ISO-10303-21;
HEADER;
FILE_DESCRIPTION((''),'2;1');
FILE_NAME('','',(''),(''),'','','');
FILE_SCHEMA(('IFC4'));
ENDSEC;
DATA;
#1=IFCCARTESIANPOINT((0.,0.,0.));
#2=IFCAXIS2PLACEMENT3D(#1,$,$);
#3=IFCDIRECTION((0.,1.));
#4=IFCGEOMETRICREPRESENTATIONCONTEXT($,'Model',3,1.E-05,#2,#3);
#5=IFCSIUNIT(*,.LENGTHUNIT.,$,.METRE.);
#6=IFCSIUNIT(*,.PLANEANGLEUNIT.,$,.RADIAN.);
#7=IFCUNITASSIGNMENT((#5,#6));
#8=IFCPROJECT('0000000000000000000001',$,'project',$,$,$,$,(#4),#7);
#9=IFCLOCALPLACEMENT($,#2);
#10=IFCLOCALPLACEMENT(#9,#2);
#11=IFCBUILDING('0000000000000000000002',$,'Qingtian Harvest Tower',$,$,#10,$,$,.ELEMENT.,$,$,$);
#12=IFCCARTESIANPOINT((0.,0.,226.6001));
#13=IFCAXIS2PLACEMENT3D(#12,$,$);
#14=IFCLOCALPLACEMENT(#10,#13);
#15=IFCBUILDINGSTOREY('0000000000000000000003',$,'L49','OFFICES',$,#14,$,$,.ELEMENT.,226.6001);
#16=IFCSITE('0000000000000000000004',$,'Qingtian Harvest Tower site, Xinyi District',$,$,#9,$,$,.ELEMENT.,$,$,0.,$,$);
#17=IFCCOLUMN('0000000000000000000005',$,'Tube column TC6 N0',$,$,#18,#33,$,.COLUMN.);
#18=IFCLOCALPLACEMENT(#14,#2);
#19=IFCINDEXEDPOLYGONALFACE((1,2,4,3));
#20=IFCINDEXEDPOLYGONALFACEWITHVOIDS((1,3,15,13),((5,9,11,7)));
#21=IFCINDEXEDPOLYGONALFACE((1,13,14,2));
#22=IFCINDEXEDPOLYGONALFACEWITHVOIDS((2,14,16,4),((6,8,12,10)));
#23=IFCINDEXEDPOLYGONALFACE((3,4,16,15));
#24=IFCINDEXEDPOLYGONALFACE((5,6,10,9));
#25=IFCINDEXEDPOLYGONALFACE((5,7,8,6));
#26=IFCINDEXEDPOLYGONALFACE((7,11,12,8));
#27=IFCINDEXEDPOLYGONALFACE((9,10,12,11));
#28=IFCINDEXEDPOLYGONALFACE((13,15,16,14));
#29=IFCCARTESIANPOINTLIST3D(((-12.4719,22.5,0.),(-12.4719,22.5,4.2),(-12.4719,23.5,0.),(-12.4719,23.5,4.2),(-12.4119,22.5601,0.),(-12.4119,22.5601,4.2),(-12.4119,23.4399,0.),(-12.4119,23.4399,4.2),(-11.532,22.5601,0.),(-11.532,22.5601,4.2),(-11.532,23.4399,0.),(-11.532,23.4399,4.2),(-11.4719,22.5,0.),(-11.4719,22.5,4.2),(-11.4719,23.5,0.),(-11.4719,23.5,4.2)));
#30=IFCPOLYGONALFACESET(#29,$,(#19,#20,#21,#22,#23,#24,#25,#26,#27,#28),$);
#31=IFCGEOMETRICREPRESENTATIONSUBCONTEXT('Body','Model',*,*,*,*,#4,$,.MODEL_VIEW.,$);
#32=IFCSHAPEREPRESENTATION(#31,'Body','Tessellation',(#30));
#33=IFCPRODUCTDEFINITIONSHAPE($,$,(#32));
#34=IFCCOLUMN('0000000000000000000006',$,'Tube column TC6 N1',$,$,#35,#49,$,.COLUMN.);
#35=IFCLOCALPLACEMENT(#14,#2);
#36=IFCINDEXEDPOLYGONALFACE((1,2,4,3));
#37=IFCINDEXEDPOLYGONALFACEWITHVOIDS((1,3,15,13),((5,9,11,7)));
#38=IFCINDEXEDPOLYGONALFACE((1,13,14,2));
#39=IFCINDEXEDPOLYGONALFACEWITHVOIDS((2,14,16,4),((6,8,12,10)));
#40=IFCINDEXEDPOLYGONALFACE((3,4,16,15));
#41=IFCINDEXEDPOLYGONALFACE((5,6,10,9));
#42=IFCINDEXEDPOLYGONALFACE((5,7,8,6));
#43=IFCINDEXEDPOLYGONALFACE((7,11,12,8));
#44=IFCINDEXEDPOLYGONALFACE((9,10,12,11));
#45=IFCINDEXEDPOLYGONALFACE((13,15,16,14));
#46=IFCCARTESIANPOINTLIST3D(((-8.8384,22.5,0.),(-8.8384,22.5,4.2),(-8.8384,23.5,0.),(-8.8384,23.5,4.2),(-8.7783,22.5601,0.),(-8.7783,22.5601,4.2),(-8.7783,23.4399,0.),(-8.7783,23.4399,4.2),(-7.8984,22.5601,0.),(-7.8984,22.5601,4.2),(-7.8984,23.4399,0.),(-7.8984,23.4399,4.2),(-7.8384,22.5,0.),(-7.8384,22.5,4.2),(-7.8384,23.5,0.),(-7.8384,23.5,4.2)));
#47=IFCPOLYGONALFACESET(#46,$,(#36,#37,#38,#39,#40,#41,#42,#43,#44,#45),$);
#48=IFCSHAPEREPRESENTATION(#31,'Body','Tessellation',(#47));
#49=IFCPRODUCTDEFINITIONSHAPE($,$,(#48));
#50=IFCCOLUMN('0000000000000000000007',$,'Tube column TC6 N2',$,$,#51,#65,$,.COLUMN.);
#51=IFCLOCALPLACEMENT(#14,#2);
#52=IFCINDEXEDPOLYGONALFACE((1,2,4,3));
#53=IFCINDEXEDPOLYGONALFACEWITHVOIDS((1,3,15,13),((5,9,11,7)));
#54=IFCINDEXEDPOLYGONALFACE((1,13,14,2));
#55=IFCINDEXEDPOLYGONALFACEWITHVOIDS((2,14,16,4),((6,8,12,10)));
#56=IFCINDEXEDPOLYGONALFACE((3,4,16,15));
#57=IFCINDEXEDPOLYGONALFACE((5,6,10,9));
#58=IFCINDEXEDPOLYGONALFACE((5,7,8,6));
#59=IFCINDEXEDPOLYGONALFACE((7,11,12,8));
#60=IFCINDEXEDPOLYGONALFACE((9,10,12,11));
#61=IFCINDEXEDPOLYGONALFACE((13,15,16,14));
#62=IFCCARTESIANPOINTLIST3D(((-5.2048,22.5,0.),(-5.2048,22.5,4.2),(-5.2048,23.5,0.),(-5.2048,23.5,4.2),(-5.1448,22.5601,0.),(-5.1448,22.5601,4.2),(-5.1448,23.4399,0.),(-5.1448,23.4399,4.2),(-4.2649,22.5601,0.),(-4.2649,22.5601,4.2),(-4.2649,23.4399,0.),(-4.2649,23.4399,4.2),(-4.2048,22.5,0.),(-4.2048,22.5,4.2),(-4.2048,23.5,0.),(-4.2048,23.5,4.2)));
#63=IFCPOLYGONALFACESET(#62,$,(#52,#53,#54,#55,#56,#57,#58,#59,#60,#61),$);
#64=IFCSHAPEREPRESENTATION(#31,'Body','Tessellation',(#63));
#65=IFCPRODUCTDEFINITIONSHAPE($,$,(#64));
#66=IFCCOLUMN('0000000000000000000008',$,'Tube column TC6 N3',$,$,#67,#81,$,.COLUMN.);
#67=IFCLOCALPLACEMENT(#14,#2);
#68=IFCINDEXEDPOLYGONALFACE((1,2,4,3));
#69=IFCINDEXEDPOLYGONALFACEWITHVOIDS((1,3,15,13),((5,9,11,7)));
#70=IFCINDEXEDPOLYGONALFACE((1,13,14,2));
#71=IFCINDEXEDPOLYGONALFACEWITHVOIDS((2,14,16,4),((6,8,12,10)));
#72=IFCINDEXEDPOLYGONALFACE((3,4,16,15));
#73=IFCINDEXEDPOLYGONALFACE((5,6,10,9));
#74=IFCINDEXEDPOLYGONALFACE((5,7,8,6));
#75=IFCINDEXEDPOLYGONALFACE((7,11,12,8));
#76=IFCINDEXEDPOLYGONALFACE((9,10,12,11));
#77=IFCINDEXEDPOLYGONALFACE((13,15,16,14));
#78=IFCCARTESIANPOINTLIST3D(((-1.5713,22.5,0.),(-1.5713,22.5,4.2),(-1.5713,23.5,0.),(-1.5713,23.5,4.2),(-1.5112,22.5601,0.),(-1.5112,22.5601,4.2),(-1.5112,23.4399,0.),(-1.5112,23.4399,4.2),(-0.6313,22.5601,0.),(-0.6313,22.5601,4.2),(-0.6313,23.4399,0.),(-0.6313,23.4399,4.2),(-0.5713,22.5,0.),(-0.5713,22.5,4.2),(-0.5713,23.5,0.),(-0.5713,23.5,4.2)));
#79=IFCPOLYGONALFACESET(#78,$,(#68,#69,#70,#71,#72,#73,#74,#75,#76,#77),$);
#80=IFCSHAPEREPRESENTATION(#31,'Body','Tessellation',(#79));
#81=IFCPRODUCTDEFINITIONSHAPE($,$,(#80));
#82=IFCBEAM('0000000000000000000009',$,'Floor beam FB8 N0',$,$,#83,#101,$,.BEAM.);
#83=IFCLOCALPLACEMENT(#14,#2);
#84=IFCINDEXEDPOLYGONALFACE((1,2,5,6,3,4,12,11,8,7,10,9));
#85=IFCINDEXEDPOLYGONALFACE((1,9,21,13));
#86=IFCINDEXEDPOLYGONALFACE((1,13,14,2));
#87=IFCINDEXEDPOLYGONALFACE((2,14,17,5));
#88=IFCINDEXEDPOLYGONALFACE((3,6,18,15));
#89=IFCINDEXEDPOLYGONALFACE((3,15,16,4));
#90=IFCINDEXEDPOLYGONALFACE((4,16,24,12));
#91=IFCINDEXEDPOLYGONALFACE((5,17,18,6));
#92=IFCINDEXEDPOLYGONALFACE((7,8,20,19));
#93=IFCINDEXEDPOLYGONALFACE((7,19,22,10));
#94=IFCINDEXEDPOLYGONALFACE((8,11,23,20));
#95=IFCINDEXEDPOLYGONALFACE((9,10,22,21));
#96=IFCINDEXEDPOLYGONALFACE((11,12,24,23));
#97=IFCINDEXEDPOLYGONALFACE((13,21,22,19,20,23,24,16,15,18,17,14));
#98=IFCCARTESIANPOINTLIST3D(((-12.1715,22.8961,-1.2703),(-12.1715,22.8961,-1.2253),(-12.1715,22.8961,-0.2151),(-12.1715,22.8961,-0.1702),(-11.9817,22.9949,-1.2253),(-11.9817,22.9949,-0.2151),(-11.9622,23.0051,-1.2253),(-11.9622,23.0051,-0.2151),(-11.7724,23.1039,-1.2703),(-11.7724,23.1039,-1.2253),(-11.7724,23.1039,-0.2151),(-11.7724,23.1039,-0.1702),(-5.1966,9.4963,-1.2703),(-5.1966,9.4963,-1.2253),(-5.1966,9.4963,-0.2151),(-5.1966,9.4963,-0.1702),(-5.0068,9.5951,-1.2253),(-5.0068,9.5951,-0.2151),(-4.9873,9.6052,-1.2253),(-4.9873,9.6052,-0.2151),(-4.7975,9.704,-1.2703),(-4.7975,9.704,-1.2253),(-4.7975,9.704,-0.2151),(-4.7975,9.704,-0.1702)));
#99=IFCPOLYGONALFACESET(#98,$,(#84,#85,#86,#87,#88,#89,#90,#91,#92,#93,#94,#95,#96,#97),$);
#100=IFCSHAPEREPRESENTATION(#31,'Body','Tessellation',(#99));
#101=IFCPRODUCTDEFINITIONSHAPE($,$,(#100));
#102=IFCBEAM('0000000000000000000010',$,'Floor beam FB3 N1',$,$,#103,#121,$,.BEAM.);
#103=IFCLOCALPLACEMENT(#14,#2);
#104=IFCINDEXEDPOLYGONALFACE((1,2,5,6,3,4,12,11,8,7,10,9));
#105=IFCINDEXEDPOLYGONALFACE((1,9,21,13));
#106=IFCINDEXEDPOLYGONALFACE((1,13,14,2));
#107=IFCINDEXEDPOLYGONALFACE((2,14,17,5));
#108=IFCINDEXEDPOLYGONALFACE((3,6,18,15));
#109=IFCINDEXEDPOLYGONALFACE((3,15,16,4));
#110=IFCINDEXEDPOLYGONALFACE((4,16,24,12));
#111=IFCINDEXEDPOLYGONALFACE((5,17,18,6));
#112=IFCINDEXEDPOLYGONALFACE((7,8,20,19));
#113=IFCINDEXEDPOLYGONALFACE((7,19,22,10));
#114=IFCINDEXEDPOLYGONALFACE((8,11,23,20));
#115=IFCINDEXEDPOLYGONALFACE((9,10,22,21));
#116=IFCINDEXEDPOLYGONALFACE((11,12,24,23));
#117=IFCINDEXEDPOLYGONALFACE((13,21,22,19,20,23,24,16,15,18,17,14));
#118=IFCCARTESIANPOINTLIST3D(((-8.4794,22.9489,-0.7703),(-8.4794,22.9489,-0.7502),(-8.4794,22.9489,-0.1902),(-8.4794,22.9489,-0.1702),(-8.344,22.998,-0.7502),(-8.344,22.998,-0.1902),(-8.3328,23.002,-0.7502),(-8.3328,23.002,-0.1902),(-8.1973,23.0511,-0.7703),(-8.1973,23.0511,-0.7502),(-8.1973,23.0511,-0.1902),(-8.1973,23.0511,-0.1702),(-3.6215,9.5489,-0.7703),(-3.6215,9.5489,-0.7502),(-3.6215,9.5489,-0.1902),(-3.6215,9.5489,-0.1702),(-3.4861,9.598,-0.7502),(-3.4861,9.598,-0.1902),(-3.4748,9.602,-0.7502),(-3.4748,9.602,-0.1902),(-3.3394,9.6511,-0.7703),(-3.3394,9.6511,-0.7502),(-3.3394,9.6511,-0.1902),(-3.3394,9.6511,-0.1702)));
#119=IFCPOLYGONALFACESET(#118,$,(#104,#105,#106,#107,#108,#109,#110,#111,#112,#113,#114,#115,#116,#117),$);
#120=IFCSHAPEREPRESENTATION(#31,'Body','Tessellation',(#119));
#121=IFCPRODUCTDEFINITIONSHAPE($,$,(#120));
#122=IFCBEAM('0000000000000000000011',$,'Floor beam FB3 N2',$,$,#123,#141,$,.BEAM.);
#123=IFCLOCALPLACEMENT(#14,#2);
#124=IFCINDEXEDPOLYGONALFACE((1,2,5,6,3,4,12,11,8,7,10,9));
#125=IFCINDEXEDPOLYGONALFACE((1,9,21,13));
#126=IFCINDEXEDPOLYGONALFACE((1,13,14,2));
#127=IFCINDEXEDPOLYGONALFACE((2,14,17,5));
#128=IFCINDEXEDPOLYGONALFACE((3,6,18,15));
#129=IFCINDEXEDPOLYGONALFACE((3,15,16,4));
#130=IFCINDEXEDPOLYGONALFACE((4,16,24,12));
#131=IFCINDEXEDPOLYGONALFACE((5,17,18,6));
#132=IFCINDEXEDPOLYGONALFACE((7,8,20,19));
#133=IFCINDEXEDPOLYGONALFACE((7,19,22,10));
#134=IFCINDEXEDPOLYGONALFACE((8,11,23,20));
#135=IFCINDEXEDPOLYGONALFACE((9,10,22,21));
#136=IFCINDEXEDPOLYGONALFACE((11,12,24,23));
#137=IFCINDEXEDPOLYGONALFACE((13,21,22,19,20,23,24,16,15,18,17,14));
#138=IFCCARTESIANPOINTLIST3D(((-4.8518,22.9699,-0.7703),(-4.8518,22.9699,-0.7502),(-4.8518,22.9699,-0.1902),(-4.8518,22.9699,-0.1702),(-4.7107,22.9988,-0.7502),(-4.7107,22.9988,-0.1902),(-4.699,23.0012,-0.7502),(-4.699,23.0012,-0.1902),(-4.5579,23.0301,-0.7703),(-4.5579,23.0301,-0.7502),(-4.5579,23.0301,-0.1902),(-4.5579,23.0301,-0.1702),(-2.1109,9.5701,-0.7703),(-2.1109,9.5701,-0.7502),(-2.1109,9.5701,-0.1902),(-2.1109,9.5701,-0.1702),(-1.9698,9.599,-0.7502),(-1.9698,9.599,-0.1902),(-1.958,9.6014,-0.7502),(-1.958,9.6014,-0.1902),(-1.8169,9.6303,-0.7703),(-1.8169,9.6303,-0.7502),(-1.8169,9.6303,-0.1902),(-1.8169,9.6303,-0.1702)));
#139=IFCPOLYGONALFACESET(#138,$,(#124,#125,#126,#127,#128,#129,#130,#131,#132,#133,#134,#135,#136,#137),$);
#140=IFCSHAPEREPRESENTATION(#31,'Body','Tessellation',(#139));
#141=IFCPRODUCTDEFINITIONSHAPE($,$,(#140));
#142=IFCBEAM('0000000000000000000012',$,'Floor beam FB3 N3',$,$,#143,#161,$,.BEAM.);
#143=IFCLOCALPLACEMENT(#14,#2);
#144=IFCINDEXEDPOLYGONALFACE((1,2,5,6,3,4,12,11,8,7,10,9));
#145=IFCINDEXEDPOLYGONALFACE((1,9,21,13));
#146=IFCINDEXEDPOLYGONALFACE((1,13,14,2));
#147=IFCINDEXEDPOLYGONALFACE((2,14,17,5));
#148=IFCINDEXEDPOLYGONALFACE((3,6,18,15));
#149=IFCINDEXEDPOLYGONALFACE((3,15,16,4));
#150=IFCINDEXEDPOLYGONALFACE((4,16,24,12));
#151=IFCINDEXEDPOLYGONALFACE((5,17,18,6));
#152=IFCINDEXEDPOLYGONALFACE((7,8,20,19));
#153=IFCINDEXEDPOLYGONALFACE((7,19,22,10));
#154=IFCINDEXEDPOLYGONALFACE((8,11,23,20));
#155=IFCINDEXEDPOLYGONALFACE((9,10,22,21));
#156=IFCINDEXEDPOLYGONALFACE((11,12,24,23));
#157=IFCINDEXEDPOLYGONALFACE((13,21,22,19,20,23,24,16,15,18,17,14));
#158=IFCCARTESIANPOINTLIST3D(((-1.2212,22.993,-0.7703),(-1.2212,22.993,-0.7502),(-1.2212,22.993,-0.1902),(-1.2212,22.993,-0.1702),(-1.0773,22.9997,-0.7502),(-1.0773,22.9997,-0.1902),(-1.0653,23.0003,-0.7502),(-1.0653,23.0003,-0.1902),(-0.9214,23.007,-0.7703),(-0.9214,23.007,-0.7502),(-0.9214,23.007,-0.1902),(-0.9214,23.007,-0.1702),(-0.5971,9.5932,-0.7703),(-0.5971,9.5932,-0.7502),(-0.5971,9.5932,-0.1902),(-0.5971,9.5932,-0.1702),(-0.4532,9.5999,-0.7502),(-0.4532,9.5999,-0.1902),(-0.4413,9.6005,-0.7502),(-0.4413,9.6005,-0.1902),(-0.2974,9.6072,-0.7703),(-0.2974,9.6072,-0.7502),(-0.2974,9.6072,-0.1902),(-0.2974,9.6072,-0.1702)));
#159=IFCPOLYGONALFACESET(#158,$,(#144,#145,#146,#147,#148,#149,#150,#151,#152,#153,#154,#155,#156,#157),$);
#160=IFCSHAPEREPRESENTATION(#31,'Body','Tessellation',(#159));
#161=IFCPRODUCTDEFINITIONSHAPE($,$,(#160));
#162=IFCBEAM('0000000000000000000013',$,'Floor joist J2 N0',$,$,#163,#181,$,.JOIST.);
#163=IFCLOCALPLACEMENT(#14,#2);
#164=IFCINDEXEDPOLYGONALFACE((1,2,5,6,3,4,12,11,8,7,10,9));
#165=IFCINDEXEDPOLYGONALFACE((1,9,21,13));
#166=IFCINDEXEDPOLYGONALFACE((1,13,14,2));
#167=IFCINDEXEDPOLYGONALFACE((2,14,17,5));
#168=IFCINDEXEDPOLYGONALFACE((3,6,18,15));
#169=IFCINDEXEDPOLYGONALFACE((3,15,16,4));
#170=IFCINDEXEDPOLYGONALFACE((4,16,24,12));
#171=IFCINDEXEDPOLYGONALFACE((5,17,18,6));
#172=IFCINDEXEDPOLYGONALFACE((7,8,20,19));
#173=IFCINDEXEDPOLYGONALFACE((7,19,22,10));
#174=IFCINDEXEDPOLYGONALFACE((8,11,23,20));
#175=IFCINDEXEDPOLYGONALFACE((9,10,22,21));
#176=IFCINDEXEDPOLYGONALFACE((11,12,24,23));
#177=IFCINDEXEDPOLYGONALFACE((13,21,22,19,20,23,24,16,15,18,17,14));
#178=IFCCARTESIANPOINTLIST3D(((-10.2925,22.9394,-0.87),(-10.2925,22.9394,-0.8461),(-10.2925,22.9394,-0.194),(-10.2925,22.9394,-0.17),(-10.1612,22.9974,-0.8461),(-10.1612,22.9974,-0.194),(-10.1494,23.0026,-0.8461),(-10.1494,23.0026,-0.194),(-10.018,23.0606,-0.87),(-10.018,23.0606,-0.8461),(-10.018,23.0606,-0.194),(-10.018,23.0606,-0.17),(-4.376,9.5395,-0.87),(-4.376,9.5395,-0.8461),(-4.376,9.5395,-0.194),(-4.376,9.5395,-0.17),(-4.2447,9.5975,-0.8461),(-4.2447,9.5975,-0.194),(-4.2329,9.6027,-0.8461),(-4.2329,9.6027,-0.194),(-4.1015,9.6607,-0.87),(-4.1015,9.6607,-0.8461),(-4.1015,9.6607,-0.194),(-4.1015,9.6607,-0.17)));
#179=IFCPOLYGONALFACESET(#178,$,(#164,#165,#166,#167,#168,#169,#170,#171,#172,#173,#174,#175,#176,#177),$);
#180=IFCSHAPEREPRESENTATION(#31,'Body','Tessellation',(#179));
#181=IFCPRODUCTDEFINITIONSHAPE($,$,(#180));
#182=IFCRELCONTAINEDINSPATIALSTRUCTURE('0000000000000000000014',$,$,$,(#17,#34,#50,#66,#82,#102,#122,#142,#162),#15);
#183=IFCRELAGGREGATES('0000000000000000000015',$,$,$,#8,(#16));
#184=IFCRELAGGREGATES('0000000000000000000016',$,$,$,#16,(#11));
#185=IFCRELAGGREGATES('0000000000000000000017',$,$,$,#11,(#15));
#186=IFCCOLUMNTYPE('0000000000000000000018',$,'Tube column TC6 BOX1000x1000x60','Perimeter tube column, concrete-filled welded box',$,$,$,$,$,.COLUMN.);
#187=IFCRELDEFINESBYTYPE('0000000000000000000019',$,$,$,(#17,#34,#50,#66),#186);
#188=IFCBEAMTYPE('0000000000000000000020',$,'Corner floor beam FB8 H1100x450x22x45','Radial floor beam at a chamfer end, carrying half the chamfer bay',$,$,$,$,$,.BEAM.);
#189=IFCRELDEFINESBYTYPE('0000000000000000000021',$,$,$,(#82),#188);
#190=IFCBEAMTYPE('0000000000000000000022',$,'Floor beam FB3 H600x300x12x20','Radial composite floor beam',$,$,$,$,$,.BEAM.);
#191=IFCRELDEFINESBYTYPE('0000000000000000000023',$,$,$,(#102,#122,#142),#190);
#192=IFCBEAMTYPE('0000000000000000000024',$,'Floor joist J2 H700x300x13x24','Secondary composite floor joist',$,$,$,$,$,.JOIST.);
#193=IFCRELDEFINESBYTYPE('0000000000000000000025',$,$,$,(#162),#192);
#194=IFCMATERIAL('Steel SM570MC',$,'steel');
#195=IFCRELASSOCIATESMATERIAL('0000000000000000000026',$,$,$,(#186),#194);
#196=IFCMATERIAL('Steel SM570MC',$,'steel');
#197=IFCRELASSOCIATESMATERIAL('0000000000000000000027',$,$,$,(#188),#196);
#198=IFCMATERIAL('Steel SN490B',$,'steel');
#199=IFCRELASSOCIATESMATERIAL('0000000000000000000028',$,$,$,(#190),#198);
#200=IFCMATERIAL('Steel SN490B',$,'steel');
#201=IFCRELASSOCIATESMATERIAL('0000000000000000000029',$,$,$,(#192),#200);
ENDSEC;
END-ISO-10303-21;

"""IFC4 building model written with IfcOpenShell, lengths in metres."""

from ifc_helpers import new_model, si_unit, direction, frame, origin, origin_2d, place, context, subcontext, project, spatial, hollow_rectangle, i_section, extrude, material, material_profile, profile_set, type_object, element, save


model = new_model("IFC4")

# Units and contexts
model_context = context("Model", 3, precision=1e-05, world=origin(), true_north=direction((0.0, 1.0)))
body_context = subcontext(model_context, "Body", "Model", "MODEL_VIEW")
ifc_project = project(units=[si_unit("LENGTHUNIT", "METRE"), si_unit("PLANEANGLEUNIT", "RADIAN")], contexts=[model_context])

# Site, building, storey
site_placement = place(None, origin())
site = spatial("IfcSite", under=ifc_project, at=site_placement, Name="Qingtian Harvest Tower site, Xinyi District", CompositionType="ELEMENT", RefElevation=0.0)
building_placement = place(site_placement, origin())
building = spatial("IfcBuilding", under=site, at=building_placement, Name="Qingtian Harvest Tower", CompositionType="ELEMENT")
storey_placement = place(building_placement, frame((0.0, 0.0, 226.6001)))
storey = spatial("IfcBuildingStorey", under=building, at=storey_placement, Name="L49", Description="OFFICES", CompositionType="ELEMENT", Elevation=226.6001)

# Columns
ifc_material_1 = material(Name="Steel SM570MC", Category="steel")
ifc_material_profile_1 = material_profile(ifc_material_1, hollow_rectangle(XDim=1.0, YDim=1.0, WallThickness=0.0601, at=origin_2d()), Name="BOX1000x1000x60")
ifc_profile_set_1 = profile_set([ifc_material_profile_1], Name="Steel SM570MC")
column_type = type_object("IfcColumnType", Name="Tube column TC6 BOX1000x1000x60", Description="Perimeter tube column, concrete-filled welded box", PredefinedType="COLUMN", material=ifc_profile_set_1)
for number, where, z_axis, x_axis, name in (
    (1, (-11.9719, 23.0, 0.0), (0.0, 0.0, 1.0), (-1.0, 0.0, 0.0), "Tube column TC6 N0"),
    (2, (-8.3384, 23.0, 0.0), (0.0, 0.0, 1.0), (-1.0, 0.0, 0.0), "Tube column TC6 N1"),
    (3, (-4.7048, 23.0, 0.0), (0.0, 0.0, 1.0), (-1.0, 0.0, 0.0), "Tube column TC6 N2"),
    (4, (-1.0713, 23.0, 0.0), (0.0, 0.0, 1.0), (-1.0, 0.0, 0.0), "Tube column TC6 N3"),
):
    element("IfcColumn", number, at=place(storey_placement, frame(where, z_axis=z_axis, x_axis=x_axis)), inside=storey, type_object=column_type, Name=name, PredefinedType="COLUMN", context=body_context, shape_type="SweptSolid", body=[
        extrude(hollow_rectangle(XDim=1.0, YDim=1.0, WallThickness=0.0601, at=origin_2d()), origin(), (0.0, 0.0, 1.0), 4.2),
    ])

# Beams
ifc_material_2 = material(Name="Steel SM570MC", Category="steel")
ifc_material_profile_2 = material_profile(ifc_material_2, i_section(OverallWidth=0.45, OverallDepth=1.1001, WebThickness=0.022, FlangeThickness=0.0449, at=origin_2d()), Name="H1100x450x22x45")
ifc_profile_set_2 = profile_set([ifc_material_profile_2], Name="Steel SM570MC")
beam_type_1 = type_object("IfcBeamType", Name="Corner floor beam FB8 H1100x450x22x45", Description="Radial floor beam at a chamfer end, carrying half the chamfer bay", PredefinedType="BEAM", material=ifc_profile_set_2)
beam_1_placement = place(storey_placement, frame((-11.9719, 23.0, -0.7202), z_axis=(0.461712, -0.88703, 0.0), x_axis=(0.88703, 0.461712, 0.0)))
element("IfcBeam", 5, at=beam_1_placement, inside=storey, type_object=beam_type_1, Name="Floor beam FB8 N0", PredefinedType="BEAM", context=body_context, shape_type="SweptSolid", body=[
    extrude(i_section(OverallWidth=0.45, OverallDepth=1.1001, WebThickness=0.022, FlangeThickness=0.0449, at=origin_2d()), origin(), (0.0, 0.0, 1.0), 15.1064),
])
ifc_material_3 = material(Name="Steel SN490B", Category="steel")
ifc_material_profile_3 = material_profile(ifc_material_3, i_section(OverallWidth=0.3, OverallDepth=0.6001, WebThickness=0.012, FlangeThickness=0.02, at=origin_2d()), Name="H600x300x12x20")
ifc_profile_set_3 = profile_set([ifc_material_profile_3], Name="Steel SN490B")
beam_type_2 = type_object("IfcBeamType", Name="Floor beam FB3 H600x300x12x20", Description="Radial composite floor beam", PredefinedType="BEAM", material=ifc_profile_set_3)
beam_2_placement = place(storey_placement, frame((-8.3384, 23.0, -0.4702), z_axis=(0.340827, -0.940126, 0.0), x_axis=(0.940126, 0.340827, 0.0)))
element("IfcBeam", 6, at=beam_2_placement, inside=storey, type_object=beam_type_2, Name="Floor beam FB3 N1", PredefinedType="BEAM", context=body_context, shape_type="SweptSolid", body=[
    extrude(i_section(OverallWidth=0.3, OverallDepth=0.6001, WebThickness=0.012, FlangeThickness=0.02, at=origin_2d()), origin(), (0.0, 0.0, 1.0), 14.2534),
])
beam_3_placement = place(storey_placement, frame((-4.7048, 23.0, -0.4702), z_axis=(0.200402, -0.979714, 0.0), x_axis=(0.979714, 0.200402, 0.0)))
element("IfcBeam", 7, at=beam_3_placement, inside=storey, type_object=beam_type_2, Name="Floor beam FB3 N2", PredefinedType="BEAM", context=body_context, shape_type="SweptSolid", body=[
    extrude(i_section(OverallWidth=0.3, OverallDepth=0.6001, WebThickness=0.012, FlangeThickness=0.02, at=origin_2d()), origin(), (0.0, 0.0, 1.0), 13.6772),
])
beam_4_placement = place(storey_placement, frame((-1.0713, 23.0, -0.4702), z_axis=(0.046519, -0.998917, 0.0), x_axis=(0.998917, 0.046519, 0.0)))
element("IfcBeam", 8, at=beam_4_placement, inside=storey, type_object=beam_type_2, Name="Floor beam FB3 N3", PredefinedType="BEAM", context=body_context, shape_type="SweptSolid", body=[
    extrude(i_section(OverallWidth=0.3, OverallDepth=0.6001, WebThickness=0.012, FlangeThickness=0.02, at=origin_2d()), origin(), (0.0, 0.0, 1.0), 13.4143),
])
ifc_material_4 = material(Name="Steel SN490B", Category="steel")
ifc_material_profile_4 = material_profile(ifc_material_4, i_section(OverallWidth=0.3, OverallDepth=0.7, WebThickness=0.0129, FlangeThickness=0.0239, at=origin_2d()), Name="H700x300x13x24")
ifc_profile_set_4 = profile_set([ifc_material_profile_4], Name="Steel SN490B")
beam_type_3 = type_object("IfcBeamType", Name="Floor joist J2 H700x300x13x24", Description="Secondary composite floor joist", PredefinedType="JOIST", material=ifc_profile_set_4)
beam_5_placement = place(storey_placement, frame((-10.1553, 23.0, -0.52), z_axis=(0.403913, -0.914797, 0.0), x_axis=(0.914797, 0.403913, 0.0)))
element("IfcBeam", 9, at=beam_5_placement, inside=storey, type_object=beam_type_3, Name="Floor joist J2 N0", PredefinedType="JOIST", context=body_context, shape_type="SweptSolid", body=[
    extrude(i_section(OverallWidth=0.3, OverallDepth=0.7, WebThickness=0.0129, FlangeThickness=0.0239, at=origin_2d()), origin(), (0.0, 0.0, 1.0), 14.6479),
])

save(model, "model.ifc")
